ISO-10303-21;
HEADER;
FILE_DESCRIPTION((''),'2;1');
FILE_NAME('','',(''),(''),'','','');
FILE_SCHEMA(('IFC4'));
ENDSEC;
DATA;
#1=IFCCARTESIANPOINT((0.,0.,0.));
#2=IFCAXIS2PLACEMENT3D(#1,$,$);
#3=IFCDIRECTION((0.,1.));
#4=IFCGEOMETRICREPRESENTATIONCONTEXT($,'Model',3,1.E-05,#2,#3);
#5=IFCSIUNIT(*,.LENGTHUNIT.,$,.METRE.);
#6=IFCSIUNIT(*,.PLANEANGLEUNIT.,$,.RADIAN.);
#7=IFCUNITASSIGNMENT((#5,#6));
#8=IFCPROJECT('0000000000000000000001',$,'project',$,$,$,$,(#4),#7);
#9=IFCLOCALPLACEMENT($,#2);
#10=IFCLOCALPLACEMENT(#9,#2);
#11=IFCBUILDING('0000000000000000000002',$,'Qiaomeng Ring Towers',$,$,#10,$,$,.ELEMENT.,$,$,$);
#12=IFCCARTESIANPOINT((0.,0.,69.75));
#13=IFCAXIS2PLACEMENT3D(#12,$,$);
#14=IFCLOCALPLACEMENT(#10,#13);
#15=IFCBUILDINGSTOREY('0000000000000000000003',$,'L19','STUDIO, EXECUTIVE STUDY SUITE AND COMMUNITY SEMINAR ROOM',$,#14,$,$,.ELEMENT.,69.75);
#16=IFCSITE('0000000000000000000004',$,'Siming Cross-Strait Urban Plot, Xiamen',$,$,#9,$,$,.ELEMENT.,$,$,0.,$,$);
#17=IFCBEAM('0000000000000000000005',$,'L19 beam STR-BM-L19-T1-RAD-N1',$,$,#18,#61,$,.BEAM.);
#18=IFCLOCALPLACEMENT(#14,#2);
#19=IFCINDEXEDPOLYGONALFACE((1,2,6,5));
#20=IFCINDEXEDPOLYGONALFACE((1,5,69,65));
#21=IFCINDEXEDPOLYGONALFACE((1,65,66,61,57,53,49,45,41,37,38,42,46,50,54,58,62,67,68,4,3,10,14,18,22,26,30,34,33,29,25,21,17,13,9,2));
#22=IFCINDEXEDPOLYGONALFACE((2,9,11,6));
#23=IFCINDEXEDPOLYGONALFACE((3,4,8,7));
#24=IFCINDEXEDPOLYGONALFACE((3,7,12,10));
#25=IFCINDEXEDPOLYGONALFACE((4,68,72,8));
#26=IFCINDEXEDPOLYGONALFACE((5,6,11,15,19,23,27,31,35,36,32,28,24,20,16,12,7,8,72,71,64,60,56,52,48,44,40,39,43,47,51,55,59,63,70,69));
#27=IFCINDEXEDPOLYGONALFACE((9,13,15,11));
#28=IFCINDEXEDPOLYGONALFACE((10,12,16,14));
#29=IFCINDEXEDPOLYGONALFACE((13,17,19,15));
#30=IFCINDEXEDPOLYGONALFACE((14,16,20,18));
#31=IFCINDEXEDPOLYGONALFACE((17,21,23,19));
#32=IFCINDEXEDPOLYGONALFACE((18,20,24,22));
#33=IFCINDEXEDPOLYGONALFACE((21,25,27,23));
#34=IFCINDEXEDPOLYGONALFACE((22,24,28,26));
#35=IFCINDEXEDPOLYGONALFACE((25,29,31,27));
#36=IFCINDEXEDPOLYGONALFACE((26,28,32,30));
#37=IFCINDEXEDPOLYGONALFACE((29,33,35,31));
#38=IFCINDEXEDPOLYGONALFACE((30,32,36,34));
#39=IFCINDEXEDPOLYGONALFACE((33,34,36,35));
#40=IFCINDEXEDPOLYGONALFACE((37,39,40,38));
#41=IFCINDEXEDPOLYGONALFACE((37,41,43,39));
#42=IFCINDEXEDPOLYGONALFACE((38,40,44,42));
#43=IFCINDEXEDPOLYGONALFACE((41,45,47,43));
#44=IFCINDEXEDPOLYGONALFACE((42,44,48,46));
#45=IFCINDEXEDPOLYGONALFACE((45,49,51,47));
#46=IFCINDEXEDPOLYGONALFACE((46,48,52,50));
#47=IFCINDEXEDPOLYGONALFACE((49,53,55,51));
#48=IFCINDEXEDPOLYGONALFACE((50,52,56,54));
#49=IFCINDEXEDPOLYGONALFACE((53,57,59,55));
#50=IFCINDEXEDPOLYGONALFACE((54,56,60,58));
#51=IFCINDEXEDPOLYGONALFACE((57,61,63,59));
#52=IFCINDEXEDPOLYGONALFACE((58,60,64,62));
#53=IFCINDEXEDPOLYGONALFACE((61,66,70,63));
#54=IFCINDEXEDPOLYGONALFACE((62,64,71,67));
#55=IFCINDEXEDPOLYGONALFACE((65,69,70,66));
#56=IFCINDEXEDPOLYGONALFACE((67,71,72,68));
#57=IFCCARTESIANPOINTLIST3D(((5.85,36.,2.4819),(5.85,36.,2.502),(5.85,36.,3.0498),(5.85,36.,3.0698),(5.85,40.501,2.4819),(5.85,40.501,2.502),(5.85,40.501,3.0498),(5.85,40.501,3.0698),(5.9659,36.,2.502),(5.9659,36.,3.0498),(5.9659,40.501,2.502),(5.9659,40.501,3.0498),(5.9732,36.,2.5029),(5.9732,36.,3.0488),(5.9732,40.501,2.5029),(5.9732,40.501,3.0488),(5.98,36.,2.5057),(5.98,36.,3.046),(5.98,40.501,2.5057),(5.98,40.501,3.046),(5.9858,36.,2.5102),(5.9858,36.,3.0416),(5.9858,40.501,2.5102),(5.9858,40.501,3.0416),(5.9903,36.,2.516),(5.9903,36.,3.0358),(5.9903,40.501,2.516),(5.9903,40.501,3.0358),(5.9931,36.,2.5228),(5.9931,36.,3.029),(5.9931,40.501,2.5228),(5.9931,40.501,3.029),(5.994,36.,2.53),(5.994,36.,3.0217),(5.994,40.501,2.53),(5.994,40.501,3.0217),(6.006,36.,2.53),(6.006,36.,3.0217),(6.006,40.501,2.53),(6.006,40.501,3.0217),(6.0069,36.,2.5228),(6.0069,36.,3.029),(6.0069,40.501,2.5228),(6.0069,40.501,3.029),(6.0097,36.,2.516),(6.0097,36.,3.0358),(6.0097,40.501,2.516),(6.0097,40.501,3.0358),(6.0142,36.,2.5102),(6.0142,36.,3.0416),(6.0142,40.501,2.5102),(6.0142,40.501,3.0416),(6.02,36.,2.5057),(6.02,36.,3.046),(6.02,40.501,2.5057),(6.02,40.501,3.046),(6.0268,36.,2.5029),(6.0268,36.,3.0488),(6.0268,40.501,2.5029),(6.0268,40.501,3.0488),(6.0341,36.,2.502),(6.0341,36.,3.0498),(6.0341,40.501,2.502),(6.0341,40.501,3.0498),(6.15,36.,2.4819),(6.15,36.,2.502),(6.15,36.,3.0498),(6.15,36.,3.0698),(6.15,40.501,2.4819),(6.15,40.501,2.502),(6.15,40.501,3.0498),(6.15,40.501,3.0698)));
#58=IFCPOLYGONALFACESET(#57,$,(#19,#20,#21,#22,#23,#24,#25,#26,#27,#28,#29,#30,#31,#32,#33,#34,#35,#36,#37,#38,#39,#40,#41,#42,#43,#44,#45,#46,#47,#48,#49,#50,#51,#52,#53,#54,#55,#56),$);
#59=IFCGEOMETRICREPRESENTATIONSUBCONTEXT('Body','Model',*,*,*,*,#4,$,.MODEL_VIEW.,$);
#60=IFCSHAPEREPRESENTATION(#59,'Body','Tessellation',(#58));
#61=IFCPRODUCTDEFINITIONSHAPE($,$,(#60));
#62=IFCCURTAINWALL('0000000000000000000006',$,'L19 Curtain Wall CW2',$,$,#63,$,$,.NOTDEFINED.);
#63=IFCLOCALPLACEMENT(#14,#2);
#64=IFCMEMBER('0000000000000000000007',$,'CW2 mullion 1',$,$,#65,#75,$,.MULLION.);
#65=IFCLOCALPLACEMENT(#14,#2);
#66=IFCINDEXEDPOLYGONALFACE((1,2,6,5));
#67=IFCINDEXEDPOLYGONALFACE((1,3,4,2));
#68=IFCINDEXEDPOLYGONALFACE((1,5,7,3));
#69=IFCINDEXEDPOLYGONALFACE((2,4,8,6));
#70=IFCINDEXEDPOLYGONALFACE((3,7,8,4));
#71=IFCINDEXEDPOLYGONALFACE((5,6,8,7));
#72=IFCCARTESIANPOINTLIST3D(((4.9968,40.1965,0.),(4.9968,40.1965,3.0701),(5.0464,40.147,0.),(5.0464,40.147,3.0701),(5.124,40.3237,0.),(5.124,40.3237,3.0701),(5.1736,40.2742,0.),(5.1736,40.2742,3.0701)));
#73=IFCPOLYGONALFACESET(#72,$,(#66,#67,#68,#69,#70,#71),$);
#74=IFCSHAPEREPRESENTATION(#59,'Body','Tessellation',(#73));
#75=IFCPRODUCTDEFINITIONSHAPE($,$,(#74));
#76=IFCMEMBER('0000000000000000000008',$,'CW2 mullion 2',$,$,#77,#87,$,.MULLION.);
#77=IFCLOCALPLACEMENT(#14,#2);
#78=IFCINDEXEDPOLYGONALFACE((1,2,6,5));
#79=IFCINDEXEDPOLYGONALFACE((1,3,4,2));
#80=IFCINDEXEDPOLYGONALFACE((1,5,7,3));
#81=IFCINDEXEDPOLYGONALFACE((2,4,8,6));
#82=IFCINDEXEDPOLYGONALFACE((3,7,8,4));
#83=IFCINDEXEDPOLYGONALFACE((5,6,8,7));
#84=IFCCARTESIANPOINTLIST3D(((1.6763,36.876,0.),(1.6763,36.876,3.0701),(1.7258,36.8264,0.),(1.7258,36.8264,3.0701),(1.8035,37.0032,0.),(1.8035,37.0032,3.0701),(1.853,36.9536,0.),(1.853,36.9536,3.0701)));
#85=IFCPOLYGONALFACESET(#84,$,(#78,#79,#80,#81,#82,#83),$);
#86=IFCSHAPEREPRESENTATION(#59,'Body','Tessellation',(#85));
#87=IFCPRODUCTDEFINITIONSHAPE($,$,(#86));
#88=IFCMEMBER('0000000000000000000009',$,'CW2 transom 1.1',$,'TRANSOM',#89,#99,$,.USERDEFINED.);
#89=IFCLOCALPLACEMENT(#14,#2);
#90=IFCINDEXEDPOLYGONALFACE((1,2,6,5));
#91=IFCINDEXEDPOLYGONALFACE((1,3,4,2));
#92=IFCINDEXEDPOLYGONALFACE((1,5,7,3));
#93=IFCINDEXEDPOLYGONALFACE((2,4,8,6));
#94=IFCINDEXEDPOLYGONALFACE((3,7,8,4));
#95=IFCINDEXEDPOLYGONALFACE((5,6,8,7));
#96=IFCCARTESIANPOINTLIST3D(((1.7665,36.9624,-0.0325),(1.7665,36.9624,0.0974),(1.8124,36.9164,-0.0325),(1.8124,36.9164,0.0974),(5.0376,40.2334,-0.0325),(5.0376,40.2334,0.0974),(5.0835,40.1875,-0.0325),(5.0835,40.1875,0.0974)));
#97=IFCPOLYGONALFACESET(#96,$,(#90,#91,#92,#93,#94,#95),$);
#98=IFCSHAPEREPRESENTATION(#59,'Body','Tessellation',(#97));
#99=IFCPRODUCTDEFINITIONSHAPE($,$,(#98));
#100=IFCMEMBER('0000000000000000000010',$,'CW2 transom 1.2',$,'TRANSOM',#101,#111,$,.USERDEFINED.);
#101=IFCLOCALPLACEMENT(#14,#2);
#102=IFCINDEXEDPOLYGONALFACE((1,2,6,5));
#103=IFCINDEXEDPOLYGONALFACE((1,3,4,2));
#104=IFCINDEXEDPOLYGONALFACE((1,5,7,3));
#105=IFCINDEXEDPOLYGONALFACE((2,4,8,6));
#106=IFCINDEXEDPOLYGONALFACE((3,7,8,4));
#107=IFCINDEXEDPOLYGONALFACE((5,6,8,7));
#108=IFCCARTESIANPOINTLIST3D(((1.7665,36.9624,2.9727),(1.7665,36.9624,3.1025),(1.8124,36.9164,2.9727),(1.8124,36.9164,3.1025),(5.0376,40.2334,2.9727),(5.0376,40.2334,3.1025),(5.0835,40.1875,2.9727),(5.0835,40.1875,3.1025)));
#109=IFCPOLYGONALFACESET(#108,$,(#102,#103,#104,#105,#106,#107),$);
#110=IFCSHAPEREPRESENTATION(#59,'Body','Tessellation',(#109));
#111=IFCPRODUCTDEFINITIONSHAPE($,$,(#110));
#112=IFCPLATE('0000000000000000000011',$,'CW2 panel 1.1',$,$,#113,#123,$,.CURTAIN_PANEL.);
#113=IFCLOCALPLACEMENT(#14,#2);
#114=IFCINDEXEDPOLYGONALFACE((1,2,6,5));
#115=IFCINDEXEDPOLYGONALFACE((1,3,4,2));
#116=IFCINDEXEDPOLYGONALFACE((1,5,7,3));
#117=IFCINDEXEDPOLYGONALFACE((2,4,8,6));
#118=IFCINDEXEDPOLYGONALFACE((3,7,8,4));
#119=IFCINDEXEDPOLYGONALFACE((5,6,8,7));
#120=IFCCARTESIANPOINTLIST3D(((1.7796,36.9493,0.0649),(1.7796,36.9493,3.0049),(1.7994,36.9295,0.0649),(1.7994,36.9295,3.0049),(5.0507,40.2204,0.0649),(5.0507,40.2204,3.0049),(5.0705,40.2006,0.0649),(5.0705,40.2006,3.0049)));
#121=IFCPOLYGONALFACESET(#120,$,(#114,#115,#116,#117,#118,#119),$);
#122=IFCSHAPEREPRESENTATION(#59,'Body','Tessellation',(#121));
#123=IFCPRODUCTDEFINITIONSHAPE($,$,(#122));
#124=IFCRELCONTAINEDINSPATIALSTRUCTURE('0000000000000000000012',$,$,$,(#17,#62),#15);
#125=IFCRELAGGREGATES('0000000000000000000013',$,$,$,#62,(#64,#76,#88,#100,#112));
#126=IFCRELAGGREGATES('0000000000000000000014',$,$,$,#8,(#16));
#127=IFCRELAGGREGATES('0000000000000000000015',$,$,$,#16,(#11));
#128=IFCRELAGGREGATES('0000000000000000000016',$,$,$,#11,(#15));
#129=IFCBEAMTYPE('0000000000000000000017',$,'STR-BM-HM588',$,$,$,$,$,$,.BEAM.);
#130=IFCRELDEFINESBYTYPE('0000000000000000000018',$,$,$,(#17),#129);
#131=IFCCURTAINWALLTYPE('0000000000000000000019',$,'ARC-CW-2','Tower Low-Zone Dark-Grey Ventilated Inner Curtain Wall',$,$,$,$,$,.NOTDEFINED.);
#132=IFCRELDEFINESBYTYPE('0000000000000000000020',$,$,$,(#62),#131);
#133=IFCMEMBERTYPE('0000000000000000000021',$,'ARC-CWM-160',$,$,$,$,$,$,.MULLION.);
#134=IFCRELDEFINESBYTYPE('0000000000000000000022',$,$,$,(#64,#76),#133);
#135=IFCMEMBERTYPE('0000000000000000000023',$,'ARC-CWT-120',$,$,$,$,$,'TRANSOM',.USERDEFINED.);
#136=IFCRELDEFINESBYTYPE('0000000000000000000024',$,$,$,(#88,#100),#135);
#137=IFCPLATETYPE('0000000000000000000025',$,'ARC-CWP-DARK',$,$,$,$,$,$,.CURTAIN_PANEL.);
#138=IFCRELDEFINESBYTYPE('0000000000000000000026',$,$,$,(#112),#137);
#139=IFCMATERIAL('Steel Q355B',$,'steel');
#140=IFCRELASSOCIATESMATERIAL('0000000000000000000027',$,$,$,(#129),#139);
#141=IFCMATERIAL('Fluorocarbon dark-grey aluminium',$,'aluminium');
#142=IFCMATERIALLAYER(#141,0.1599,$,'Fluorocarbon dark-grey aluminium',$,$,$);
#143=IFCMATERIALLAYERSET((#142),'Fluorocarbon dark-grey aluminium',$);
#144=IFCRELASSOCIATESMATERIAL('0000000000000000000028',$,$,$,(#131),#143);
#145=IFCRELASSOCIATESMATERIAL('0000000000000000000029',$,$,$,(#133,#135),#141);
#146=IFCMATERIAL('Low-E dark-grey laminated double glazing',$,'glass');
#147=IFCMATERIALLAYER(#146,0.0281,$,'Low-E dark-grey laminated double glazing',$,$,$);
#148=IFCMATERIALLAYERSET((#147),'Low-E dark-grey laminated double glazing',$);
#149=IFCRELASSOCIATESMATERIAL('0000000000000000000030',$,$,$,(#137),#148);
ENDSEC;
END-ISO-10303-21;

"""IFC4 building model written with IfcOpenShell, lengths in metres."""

from ifc_helpers import new_model, si_unit, direction, frame, origin, origin_2d, place, context, subcontext, project, spatial, rectangle, i_section, extrude, source, transform, mapped, material, layer, layer_set, material_profile, profile_set, type_object, element, aggregate, save


model = new_model("IFC4")

# Units and contexts
model_context = context("Model", 3, precision=1e-05, world=origin(), true_north=direction((0.0, 1.0)))
body_context = subcontext(model_context, "Body", "Model", "MODEL_VIEW")
ifc_project = project(units=[si_unit("LENGTHUNIT", "METRE"), si_unit("PLANEANGLEUNIT", "RADIAN")], contexts=[model_context])

# Site, building, storey
site_placement = place(None, origin())
site = spatial("IfcSite", under=ifc_project, at=site_placement, Name="Siming Cross-Strait Urban Plot, Xiamen", CompositionType="ELEMENT", RefElevation=0.0)
building_placement = place(site_placement, origin())
building = spatial("IfcBuilding", under=site, at=building_placement, Name="Qiaomeng Ring Towers", CompositionType="ELEMENT")
storey_placement = place(building_placement, frame((0.0, 0.0, 69.75)))
storey = spatial("IfcBuildingStorey", under=building, at=storey_placement, Name="L19", Description="STUDIO, EXECUTIVE STUDY SUITE AND COMMUNITY SEMINAR ROOM", CompositionType="ELEMENT", Elevation=69.75)

# Beam
ifc_material_1 = material(Name="Steel Q355B", Category="steel")
ifc_material_profile_1 = material_profile(ifc_material_1, i_section(OverallWidth=0.3, OverallDepth=0.5879, WebThickness=0.012, FlangeThickness=0.02, FilletRadius=0.0281, at=origin_2d()), Name="HM 588x300x12x20")
ifc_profile_set_1 = profile_set([ifc_material_profile_1], Name="Steel Q355B")
beam_type_1 = type_object("IfcBeamType", Name="STR-BM-HM588", PredefinedType="BEAM", material=ifc_profile_set_1)
shared_shape_1 = source(origin(), body_context, "Body", "SweptSolid", [
    extrude(i_section(OverallWidth=0.3, OverallDepth=0.5879, WebThickness=0.012, FlangeThickness=0.02, FilletRadius=0.0281, at=origin_2d()), origin(), (0.0, 0.0, 1.0), 4.501),
])
beam_1_placement = place(storey_placement, frame((6.0, 40.501, 2.7759), z_axis=(0.0, -1.0, 0.0), x_axis=(1.0, 0.0, 0.0)))
element("IfcBeam", 1, at=beam_1_placement, inside=storey, type_object=beam_type_1, Name="L19 beam STR-BM-L19-T1-RAD-N1", PredefinedType="BEAM", context=body_context, shape_type="MappedRepresentation", body=[
    mapped(shared_shape_1, transform((0.0, 0.0, 0.0), x_axis=(1.0, 0.0, 0.0), y_axis=(0.0, 1.0, 0.0), z_axis=(0.0, 0.0, 1.0), scale=1.0)),
])

# Curtain wall, members, plate
ifc_material_2 = material(Name="Fluorocarbon dark-grey aluminium", Category="aluminium")
ifc_layer_1 = layer(ifc_material_2, 0.1599, Name="Fluorocarbon dark-grey aluminium")
ifc_layer_set_1 = layer_set([ifc_layer_1], Name="Fluorocarbon dark-grey aluminium")
curtain_wall_type = type_object("IfcCurtainWallType", Name="ARC-CW-2", Description="Tower Low-Zone Dark-Grey Ventilated Inner Curtain Wall", PredefinedType="NOTDEFINED", material=ifc_layer_set_1)
curtain_wall_placement = place(storey_placement, origin())
curtain_wall = element("IfcCurtainWall", 2, at=curtain_wall_placement, inside=storey, type_object=curtain_wall_type, Name="L19 Curtain Wall CW2", PredefinedType="NOTDEFINED")
ifc_material_profile_2 = material_profile(ifc_material_2, rectangle(XDim=0.0701, YDim=0.1799, at=origin_2d()), Name="ALU MULL 70x180")
ifc_profile_set_2 = profile_set([ifc_material_profile_2], Name="Fluorocarbon dark-grey aluminium")
member_type_1 = type_object("IfcMemberType", Name="ARC-CWM-160", PredefinedType="MULLION", material=ifc_profile_set_2)
shared_shape_2 = source(origin(), body_context, "Body", "SweptSolid", [
    extrude(rectangle(XDim=0.0701, YDim=0.1799, at=origin_2d()), origin(), (0.0, 0.0, 1.0), 3.0701),
])
member_1_placement = place(storey_placement, frame((5.0852, 40.2354, 0.0), z_axis=(0.0, 0.0, 1.0), x_axis=(0.707107, -0.707107, 0.0)))
member_1 = element("IfcMember", 3, at=member_1_placement, type_object=member_type_1, Name="CW2 mullion 1", PredefinedType="MULLION", context=body_context, shape_type="MappedRepresentation", body=[
    mapped(shared_shape_2, transform((0.0, 0.0, 0.0), x_axis=(1.0, 0.0, 0.0), y_axis=(0.0, 1.0, 0.0), z_axis=(0.0, 0.0, 1.0), scale=1.0)),
])
member_2_placement = place(storey_placement, frame((1.7646, 36.9148, 0.0), z_axis=(0.0, 0.0, 1.0), x_axis=(0.707107, -0.707107, 0.0)))
member_2 = element("IfcMember", 4, at=member_2_placement, type_object=member_type_1, Name="CW2 mullion 2", PredefinedType="MULLION", context=body_context, shape_type="MappedRepresentation", body=[
    mapped(shared_shape_2, transform((0.0, 0.0, 0.0), x_axis=(1.0, 0.0, 0.0), y_axis=(0.0, 1.0, 0.0), z_axis=(0.0, 0.0, 1.0), scale=1.0)),
])
ifc_material_profile_3 = material_profile(ifc_material_2, rectangle(XDim=0.0649, YDim=0.1299, at=origin_2d()), Name="ALU TRAN 65x130")
ifc_profile_set_3 = profile_set([ifc_material_profile_3], Name="Fluorocarbon dark-grey aluminium")
member_type_2 = type_object("IfcMemberType", Name="ARC-CWT-120", ElementType="TRANSOM", PredefinedType="USERDEFINED", material=ifc_profile_set_3)
shared_shape_3 = source(origin(), body_context, "Body", "SweptSolid", [
    extrude(rectangle(XDim=0.0649, YDim=0.1299, at=origin_2d()), origin(), (0.0, 0.0, 1.0), 4.626),
])
member_3_placement = place(storey_placement, frame((5.0605, 40.2104, 0.0325), z_axis=(-0.707107, -0.707107, 0.0), x_axis=(0.707107, -0.707107, 0.0)))
member_3 = element("IfcMember", 5, at=member_3_placement, type_object=member_type_2, Name="CW2 transom 1.1", ObjectType="TRANSOM", PredefinedType="USERDEFINED", context=body_context, shape_type="MappedRepresentation", body=[
    mapped(shared_shape_3, transform((0.0, 0.0, 0.0), x_axis=(1.0, 0.0, 0.0), y_axis=(0.0, 1.0, 0.0), z_axis=(0.0, 0.0, 1.0), scale=1.0)),
])
member_4_placement = place(storey_placement, frame((5.0605, 40.2104, 3.0376), z_axis=(-0.707107, -0.707107, 0.0), x_axis=(0.707107, -0.707107, 0.0)))
member_4 = element("IfcMember", 6, at=member_4_placement, type_object=member_type_2, Name="CW2 transom 1.2", ObjectType="TRANSOM", PredefinedType="USERDEFINED", context=body_context, shape_type="MappedRepresentation", body=[
    mapped(shared_shape_3, transform((0.0, 0.0, 0.0), x_axis=(1.0, 0.0, 0.0), y_axis=(0.0, 1.0, 0.0), z_axis=(0.0, 0.0, 1.0), scale=1.0)),
])
ifc_material_3 = material(Name="Low-E dark-grey laminated double glazing", Category="glass")
ifc_layer_2 = layer(ifc_material_3, 0.0281, Name="Low-E dark-grey laminated double glazing")
ifc_layer_set_2 = layer_set([ifc_layer_2], Name="Low-E dark-grey laminated double glazing")
plate_type = type_object("IfcPlateType", Name="ARC-CWP-DARK", PredefinedType="CURTAIN_PANEL", material=ifc_layer_set_2)
shared_shape_4 = source(origin(), body_context, "Body", "SweptSolid", [
    extrude(rectangle(XDim=4.626, YDim=0.0281, at=origin_2d()), origin(), (0.0, 0.0, 1.0), 2.9399),
])
plate_placement = place(storey_placement, frame((3.425, 38.575, 0.0649), z_axis=(0.0, 0.0, 1.0), x_axis=(-0.707107, -0.707107, 0.0)))
plate = element("IfcPlate", 7, at=plate_placement, type_object=plate_type, Name="CW2 panel 1.1", PredefinedType="CURTAIN_PANEL", context=body_context, shape_type="MappedRepresentation", body=[
    mapped(shared_shape_4, transform((0.0, 0.0, 0.0), x_axis=(1.0, 0.0, 0.0), y_axis=(0.0, 1.0, 0.0), z_axis=(0.0, 0.0, 1.0), scale=1.0)),
])
aggregate(curtain_wall, [member_1, member_2, member_3, member_4, plate])

save(model, "model.ifc")
